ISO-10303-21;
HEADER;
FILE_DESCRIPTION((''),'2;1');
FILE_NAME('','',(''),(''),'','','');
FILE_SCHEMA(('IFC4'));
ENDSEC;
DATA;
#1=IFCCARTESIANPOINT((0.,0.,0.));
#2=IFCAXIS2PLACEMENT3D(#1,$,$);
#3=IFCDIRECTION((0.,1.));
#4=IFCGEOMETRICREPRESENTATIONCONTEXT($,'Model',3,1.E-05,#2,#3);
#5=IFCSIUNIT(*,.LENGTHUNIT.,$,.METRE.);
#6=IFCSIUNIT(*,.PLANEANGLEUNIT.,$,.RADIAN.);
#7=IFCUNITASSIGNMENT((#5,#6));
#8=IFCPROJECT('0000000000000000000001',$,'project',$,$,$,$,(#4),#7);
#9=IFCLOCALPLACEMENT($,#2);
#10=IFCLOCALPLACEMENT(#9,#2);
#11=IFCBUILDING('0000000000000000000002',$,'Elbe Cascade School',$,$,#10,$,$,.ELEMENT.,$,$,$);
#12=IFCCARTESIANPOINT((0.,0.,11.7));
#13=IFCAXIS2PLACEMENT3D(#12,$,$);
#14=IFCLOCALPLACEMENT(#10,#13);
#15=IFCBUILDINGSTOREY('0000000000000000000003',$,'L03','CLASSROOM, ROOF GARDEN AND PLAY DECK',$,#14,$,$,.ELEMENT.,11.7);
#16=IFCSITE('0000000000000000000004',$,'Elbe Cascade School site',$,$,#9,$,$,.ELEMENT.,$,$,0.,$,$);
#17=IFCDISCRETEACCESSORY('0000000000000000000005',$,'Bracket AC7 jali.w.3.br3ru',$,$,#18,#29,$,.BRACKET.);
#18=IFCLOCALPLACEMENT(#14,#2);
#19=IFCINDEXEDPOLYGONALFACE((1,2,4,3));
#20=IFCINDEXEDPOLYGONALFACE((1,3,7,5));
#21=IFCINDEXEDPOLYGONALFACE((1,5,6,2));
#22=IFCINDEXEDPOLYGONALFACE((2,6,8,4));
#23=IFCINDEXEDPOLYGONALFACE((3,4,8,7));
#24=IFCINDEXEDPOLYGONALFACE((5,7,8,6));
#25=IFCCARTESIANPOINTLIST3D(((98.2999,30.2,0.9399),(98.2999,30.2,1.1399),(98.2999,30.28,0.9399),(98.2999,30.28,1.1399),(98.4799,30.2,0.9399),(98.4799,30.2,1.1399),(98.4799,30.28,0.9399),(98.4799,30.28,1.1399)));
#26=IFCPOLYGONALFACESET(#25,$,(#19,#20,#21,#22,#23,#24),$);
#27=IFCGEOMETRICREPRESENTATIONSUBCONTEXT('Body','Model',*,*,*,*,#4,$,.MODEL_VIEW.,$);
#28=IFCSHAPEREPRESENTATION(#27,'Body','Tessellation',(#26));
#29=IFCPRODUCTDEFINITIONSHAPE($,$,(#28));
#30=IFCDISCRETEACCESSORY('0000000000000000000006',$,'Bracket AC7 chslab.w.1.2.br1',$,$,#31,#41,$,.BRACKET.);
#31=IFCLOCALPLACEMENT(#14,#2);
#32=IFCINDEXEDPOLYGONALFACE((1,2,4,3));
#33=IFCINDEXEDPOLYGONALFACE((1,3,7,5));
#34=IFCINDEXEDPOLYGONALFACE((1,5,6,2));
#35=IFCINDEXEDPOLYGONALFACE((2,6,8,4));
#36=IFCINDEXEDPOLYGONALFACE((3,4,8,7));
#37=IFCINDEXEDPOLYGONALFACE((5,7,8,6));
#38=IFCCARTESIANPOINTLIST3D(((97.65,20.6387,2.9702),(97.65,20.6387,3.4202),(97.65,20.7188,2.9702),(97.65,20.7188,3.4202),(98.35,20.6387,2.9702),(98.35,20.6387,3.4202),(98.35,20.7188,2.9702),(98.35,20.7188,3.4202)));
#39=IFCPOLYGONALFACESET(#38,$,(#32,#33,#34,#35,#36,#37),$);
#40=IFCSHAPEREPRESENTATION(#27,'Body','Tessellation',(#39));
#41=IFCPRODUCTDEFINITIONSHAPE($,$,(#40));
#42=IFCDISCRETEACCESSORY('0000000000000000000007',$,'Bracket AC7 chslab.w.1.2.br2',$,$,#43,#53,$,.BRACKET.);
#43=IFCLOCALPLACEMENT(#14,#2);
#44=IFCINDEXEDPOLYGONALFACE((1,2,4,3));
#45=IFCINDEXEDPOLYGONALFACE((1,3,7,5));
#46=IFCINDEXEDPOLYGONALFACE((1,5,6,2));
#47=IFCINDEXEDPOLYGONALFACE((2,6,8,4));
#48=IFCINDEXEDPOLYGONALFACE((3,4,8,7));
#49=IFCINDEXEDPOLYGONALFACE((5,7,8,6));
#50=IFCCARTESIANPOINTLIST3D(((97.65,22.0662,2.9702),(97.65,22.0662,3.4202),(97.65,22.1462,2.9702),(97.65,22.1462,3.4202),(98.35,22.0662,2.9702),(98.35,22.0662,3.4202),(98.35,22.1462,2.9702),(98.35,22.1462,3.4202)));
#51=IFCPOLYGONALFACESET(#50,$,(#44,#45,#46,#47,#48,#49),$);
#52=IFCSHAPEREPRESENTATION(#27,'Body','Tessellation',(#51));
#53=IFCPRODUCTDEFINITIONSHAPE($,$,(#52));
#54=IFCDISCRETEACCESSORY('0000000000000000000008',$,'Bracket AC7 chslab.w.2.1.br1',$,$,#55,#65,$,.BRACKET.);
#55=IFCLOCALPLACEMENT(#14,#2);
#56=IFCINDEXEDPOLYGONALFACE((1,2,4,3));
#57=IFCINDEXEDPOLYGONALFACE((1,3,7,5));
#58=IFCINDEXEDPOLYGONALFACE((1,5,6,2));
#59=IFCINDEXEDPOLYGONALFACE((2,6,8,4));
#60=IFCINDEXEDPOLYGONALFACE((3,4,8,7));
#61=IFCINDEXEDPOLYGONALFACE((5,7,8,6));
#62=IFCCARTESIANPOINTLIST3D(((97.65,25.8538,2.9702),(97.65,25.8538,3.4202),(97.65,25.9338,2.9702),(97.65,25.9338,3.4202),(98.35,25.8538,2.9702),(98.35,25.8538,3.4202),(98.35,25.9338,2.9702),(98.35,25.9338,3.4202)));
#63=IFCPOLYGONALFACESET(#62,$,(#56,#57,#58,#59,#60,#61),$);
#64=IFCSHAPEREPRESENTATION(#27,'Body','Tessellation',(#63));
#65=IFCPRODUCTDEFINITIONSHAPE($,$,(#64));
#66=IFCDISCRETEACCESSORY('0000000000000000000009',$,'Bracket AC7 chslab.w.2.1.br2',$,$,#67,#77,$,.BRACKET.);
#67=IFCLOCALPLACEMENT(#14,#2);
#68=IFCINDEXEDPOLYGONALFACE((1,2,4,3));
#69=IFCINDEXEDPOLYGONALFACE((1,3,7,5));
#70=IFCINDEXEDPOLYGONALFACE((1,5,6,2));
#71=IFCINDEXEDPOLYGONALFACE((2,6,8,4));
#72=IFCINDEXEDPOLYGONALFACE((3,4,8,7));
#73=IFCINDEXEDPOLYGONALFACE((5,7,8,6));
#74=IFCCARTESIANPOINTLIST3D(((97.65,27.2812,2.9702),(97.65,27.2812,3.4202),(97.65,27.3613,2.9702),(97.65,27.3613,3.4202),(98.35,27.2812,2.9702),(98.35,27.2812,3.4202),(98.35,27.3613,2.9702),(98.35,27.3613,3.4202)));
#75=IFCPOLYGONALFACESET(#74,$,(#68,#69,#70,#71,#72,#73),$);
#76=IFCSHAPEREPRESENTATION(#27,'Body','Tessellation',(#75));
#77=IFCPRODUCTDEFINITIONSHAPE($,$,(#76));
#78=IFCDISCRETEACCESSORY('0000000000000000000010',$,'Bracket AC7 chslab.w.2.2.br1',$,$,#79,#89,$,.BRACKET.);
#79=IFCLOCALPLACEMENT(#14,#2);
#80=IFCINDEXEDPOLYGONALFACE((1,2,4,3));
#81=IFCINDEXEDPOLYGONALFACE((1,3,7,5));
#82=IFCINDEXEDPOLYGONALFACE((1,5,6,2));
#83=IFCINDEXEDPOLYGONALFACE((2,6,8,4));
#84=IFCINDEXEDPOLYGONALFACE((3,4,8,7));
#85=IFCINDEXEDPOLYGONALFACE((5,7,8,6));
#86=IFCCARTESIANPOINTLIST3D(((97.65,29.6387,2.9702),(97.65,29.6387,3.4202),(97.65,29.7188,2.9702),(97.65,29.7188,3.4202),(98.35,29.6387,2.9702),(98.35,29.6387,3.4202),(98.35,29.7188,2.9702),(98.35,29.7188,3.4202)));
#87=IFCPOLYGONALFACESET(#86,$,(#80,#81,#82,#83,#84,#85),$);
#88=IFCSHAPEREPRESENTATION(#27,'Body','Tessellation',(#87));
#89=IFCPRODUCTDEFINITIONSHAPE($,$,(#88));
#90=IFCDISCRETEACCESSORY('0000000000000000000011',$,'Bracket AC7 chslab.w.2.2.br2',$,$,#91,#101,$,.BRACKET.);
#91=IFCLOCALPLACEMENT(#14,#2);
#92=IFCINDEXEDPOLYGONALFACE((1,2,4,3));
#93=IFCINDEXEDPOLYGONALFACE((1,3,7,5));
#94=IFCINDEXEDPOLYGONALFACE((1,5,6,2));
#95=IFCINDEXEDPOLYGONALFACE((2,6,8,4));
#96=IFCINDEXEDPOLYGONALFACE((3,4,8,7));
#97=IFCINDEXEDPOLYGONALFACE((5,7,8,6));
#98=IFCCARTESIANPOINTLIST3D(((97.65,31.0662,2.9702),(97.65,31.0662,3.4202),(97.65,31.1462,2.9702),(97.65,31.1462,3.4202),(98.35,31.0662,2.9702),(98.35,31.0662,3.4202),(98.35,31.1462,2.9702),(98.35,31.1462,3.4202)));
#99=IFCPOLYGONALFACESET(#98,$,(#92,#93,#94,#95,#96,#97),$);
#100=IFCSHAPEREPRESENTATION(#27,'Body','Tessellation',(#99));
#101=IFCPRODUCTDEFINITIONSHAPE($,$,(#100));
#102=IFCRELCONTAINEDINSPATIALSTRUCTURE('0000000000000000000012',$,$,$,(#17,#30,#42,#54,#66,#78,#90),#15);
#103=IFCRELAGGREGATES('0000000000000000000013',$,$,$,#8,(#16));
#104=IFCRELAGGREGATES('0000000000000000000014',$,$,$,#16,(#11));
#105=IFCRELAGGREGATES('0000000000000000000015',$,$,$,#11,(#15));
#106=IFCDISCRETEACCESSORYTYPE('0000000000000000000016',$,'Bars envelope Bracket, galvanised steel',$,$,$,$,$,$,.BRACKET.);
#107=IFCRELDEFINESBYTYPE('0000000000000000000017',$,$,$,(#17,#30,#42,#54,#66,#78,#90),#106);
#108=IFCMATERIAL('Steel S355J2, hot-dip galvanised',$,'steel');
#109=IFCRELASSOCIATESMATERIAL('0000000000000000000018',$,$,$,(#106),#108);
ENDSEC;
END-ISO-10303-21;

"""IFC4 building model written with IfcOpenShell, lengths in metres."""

from ifc_helpers import new_model, si_unit, direction, frame, origin, origin_2d, place, context, subcontext, project, spatial, rectangle, extrude, material, type_object, element, save


model = new_model("IFC4")

# Units and contexts
model_context = context("Model", 3, precision=1e-05, world=origin(), true_north=direction((0.0, 1.0)))
body_context = subcontext(model_context, "Body", "Model", "MODEL_VIEW")
ifc_project = project(units=[si_unit("LENGTHUNIT", "METRE"), si_unit("PLANEANGLEUNIT", "RADIAN")], contexts=[model_context])

# Site, building, storey
site_placement = place(None, origin())
site = spatial("IfcSite", under=ifc_project, at=site_placement, Name="Elbe Cascade School site", CompositionType="ELEMENT", RefElevation=0.0)
building_placement = place(site_placement, origin())
building = spatial("IfcBuilding", under=site, at=building_placement, Name="Elbe Cascade School", CompositionType="ELEMENT")
storey_placement = place(building_placement, frame((0.0, 0.0, 11.7)))
storey = spatial("IfcBuildingStorey", under=building, at=storey_placement, Name="L03", Description="CLASSROOM, ROOF GARDEN AND PLAY DECK", CompositionType="ELEMENT", Elevation=11.7)

# Discrete accessories
ifc_material_1 = material(Name="Steel S355J2, hot-dip galvanised", Category="steel")
discrete_accessory_type = type_object("IfcDiscreteAccessoryType", Name="Bars envelope Bracket, galvanised steel", PredefinedType="BRACKET", material=ifc_material_1)
for number, where, z_axis, x_axis, name in (
    (1, (98.3899, 30.24, 0.9399), (0.0, 0.0, 1.0), (0.0, 1.0, 0.0), "Bracket AC7 jali.w.3.br3ru"),
):
    element("IfcDiscreteAccessory", number, at=place(storey_placement, frame(where, z_axis=z_axis, x_axis=x_axis)), inside=storey, type_object=discrete_accessory_type, Name=name, PredefinedType="BRACKET", context=body_context, shape_type="SweptSolid", body=[
        extrude(rectangle(XDim=0.0801, YDim=0.1799, at=origin_2d()), origin(), (0.0, 0.0, 1.0), 0.2),
    ])
for number, where, z_axis, x_axis, name in (
    (2, (98.0, 20.6787, 2.9702), (0.0, 0.0, 1.0), (0.0, 1.0, 0.0), "Bracket AC7 chslab.w.1.2.br1"),
    (3, (98.0, 22.1062, 2.9702), (0.0, 0.0, 1.0), (0.0, 1.0, 0.0), "Bracket AC7 chslab.w.1.2.br2"),
    (4, (98.0, 25.8938, 2.9702), (0.0, 0.0, 1.0), (0.0, 1.0, 0.0), "Bracket AC7 chslab.w.2.1.br1"),
    (5, (98.0, 27.3213, 2.9702), (0.0, 0.0, 1.0), (0.0, 1.0, 0.0), "Bracket AC7 chslab.w.2.1.br2"),
    (6, (98.0, 29.6787, 2.9702), (0.0, 0.0, 1.0), (0.0, 1.0, 0.0), "Bracket AC7 chslab.w.2.2.br1"),
    (7, (98.0, 31.1062, 2.9702), (0.0, 0.0, 1.0), (0.0, 1.0, 0.0), "Bracket AC7 chslab.w.2.2.br2"),
):
    element("IfcDiscreteAccessory", number, at=place(storey_placement, frame(where, z_axis=z_axis, x_axis=x_axis)), inside=storey, type_object=discrete_accessory_type, Name=name, PredefinedType="BRACKET", context=body_context, shape_type="SweptSolid", body=[
        extrude(rectangle(XDim=0.0801, YDim=0.7, at=origin_2d()), origin(), (0.0, 0.0, 1.0), 0.45),
    ])

save(model, "model.ifc")
